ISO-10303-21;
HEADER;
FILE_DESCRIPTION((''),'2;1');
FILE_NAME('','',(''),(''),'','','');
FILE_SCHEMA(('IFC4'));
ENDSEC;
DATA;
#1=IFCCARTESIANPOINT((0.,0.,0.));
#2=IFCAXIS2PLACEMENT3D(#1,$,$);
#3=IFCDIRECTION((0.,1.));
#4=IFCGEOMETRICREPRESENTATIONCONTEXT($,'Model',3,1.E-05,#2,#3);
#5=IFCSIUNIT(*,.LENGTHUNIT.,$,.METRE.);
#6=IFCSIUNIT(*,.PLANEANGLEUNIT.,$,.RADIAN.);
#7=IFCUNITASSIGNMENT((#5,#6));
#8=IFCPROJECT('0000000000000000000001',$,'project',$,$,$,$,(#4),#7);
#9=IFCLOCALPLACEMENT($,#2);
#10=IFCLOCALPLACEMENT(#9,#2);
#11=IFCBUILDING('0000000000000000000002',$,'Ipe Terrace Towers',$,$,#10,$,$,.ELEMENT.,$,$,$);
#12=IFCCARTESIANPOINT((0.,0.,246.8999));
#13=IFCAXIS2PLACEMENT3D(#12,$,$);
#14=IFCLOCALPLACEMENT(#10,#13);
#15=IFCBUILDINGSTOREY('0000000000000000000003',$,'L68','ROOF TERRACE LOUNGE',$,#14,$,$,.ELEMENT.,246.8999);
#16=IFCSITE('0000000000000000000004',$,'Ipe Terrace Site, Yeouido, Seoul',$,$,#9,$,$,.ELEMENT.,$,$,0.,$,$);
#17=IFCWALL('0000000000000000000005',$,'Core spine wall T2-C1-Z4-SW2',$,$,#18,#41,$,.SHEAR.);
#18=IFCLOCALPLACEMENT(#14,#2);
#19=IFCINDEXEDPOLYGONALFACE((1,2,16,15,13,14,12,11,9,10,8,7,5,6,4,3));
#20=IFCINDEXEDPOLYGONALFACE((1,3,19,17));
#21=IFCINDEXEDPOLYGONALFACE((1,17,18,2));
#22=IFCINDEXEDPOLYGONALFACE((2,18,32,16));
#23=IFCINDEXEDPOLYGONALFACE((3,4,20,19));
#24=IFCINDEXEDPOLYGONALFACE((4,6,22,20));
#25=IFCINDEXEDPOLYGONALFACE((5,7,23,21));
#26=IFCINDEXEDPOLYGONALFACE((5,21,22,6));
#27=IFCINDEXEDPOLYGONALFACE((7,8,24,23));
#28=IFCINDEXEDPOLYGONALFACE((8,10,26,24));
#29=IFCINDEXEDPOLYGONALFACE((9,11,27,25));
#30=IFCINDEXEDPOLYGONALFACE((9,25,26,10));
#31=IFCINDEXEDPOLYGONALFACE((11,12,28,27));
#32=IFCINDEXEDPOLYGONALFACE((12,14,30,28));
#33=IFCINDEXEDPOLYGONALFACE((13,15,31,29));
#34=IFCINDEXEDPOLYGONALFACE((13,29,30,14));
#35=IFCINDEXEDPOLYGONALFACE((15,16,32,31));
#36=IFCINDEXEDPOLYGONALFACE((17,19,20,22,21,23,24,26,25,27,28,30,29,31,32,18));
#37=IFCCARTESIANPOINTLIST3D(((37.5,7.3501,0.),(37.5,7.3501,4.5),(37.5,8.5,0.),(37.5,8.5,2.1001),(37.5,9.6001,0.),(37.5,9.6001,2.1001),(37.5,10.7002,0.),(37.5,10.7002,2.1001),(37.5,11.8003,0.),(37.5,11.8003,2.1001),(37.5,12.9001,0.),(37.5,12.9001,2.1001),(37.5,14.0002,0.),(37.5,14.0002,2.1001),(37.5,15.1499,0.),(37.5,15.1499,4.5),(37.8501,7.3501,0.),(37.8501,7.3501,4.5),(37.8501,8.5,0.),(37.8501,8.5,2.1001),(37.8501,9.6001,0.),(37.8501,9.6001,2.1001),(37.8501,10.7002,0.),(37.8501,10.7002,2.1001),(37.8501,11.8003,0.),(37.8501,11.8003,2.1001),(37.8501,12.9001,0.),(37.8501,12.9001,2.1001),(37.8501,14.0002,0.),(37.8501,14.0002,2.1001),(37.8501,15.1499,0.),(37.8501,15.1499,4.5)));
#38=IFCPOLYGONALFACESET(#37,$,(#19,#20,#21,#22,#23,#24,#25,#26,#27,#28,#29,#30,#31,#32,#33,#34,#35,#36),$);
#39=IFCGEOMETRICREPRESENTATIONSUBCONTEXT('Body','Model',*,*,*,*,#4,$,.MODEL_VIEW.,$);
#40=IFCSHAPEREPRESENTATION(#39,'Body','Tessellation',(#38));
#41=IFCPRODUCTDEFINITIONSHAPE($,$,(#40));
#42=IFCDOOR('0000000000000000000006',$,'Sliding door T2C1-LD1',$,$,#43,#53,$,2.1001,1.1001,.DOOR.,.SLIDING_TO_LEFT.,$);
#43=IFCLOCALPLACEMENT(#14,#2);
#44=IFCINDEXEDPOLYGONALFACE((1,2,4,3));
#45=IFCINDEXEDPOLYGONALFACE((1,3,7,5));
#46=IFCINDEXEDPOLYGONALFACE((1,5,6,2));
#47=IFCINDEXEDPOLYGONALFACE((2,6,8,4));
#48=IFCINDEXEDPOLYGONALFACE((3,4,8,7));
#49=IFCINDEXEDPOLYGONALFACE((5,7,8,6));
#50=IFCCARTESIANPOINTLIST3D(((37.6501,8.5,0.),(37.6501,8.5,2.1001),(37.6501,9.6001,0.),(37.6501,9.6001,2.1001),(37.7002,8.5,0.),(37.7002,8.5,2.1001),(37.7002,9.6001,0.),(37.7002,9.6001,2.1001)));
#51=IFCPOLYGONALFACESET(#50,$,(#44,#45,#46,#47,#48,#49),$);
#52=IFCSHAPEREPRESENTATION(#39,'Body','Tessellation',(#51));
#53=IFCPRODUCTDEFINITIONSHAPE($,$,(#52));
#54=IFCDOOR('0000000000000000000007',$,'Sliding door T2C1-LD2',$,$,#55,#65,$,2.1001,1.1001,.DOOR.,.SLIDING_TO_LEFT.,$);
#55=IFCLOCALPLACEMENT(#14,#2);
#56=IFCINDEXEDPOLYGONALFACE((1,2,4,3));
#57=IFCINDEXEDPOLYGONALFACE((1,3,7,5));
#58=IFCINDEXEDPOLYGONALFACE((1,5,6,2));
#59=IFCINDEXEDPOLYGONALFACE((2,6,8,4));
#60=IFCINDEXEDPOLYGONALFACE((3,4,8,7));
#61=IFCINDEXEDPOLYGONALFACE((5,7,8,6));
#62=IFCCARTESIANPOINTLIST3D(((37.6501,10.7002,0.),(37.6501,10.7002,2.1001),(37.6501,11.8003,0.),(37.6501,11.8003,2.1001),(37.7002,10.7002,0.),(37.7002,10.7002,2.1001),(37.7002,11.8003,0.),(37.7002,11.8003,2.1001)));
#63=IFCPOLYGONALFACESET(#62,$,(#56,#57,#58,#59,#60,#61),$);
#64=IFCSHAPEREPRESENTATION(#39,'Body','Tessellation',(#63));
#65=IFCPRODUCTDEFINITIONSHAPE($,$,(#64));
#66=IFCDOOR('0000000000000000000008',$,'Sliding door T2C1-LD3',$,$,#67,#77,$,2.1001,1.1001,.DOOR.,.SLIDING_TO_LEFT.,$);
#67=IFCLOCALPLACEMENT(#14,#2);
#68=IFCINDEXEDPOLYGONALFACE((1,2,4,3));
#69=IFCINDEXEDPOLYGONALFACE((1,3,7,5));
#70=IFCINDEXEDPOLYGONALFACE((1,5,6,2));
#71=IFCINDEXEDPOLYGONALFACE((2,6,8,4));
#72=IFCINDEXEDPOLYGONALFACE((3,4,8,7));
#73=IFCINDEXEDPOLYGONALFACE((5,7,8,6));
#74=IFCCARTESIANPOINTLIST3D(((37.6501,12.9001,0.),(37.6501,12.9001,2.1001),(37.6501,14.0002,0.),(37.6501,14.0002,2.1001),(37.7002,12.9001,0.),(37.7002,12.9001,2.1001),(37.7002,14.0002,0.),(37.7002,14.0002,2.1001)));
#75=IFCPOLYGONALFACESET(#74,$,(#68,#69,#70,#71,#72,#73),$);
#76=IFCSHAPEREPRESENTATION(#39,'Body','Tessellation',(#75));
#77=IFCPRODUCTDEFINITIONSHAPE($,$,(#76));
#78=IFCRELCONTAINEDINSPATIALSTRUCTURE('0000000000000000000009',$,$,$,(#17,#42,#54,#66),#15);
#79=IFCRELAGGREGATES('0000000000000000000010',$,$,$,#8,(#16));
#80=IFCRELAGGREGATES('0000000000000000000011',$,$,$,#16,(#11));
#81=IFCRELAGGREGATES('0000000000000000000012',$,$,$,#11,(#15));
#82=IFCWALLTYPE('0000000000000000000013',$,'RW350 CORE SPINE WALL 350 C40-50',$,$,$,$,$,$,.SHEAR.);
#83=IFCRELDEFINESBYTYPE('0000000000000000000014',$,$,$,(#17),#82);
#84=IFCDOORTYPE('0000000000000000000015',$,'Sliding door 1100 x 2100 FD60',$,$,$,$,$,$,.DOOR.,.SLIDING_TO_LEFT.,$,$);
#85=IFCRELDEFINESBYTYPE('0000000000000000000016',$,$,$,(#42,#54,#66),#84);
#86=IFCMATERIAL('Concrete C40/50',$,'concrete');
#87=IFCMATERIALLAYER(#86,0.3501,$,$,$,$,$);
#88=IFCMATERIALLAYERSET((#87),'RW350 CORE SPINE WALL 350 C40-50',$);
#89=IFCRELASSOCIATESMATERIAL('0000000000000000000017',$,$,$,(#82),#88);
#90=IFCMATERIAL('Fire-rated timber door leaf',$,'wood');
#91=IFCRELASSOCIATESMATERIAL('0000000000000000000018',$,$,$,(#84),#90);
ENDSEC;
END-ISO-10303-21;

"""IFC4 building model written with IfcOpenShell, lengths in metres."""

from ifc_helpers import new_model, si_unit, direction, frame, frame_2d, origin, place, context, subcontext, project, spatial, rectangle, extrude, material, layer, layer_set, type_object, element, fill, save


model = new_model("IFC4")

# Units and contexts
model_context = context("Model", 3, precision=1e-05, world=origin(), true_north=direction((0.0, 1.0)))
body_context = subcontext(model_context, "Body", "Model", "MODEL_VIEW")
ifc_project = project(units=[si_unit("LENGTHUNIT", "METRE"), si_unit("PLANEANGLEUNIT", "RADIAN")], contexts=[model_context])

# Site, building, storey
site_placement = place(None, origin())
site = spatial("IfcSite", under=ifc_project, at=site_placement, Name="Ipe Terrace Site, Yeouido, Seoul", CompositionType="ELEMENT", RefElevation=0.0)
building_placement = place(site_placement, origin())
building = spatial("IfcBuilding", under=site, at=building_placement, Name="Ipe Terrace Towers", CompositionType="ELEMENT")
storey_placement = place(building_placement, frame((0.0, 0.0, 246.8999)))
storey = spatial("IfcBuildingStorey", under=building, at=storey_placement, Name="L68", Description="ROOF TERRACE LOUNGE", CompositionType="ELEMENT", Elevation=246.8999)

# Shared definitions
ifc_material_1 = material(Name="Concrete C40/50", Category="concrete")
ifc_layer_1 = layer(ifc_material_1, 0.3501)
ifc_layer_set_1 = layer_set([ifc_layer_1], Name="RW350 CORE SPINE WALL 350 C40-50")
wall_type_1 = type_object("IfcWallType", Name="RW350 CORE SPINE WALL 350 C40-50", PredefinedType="SHEAR", material=ifc_layer_set_1)

# Wall, openings, doors
wall_1_placement = place(storey_placement, frame((37.675, 7.3501, 0.0), z_axis=(0.0, 0.0, 1.0), x_axis=(0.0, 1.0, 0.0)))
wall_1 = element("IfcWall", 1, at=wall_1_placement, inside=storey, type_object=wall_type_1, Name="Core spine wall T2-C1-Z4-SW2", PredefinedType="SHEAR", context=body_context, shape_type="SweptSolid", body=[
    extrude(rectangle(XDim=7.7998, YDim=0.3501, at=frame_2d((3.8999, 0.0))), origin(), (0.0, 0.0, 1.0), 4.5),
])
opening_1_placement = place(wall_1_placement, frame((1.1499, 0.0, 0.0)))
opening_1 = element("IfcOpeningElement", 2, at=opening_1_placement, cuts=wall_1, PredefinedType="OPENING", context=body_context, shape_type="SweptSolid", body=[
    extrude(rectangle(XDim=1.1001, YDim=2.1001, at=frame_2d((0.55, 1.05))), frame((0.0, 0.1851, 0.0), z_axis=(0.0, -1.0, 0.0), x_axis=(1.0, 0.0, 0.0)), (0.0, 0.0, 1.0), 0.3701),
])
opening_2_placement = place(wall_1_placement, frame((3.3501, 0.0, 0.0)))
opening_2 = element("IfcOpeningElement", 3, at=opening_2_placement, cuts=wall_1, PredefinedType="OPENING", context=body_context, shape_type="SweptSolid", body=[
    extrude(rectangle(XDim=1.1001, YDim=2.1001, at=frame_2d((0.55, 1.05))), frame((0.0, 0.1851, 0.0), z_axis=(0.0, -1.0, 0.0), x_axis=(1.0, 0.0, 0.0)), (0.0, 0.0, 1.0), 0.3701),
])
opening_3_placement = place(wall_1_placement, frame((5.55, 0.0, 0.0)))
opening_3 = element("IfcOpeningElement", 4, at=opening_3_placement, cuts=wall_1, PredefinedType="OPENING", context=body_context, shape_type="SweptSolid", body=[
    extrude(rectangle(XDim=1.1001, YDim=2.1001, at=frame_2d((0.55, 1.05))), frame((0.0, 0.1851, 0.0), z_axis=(0.0, -1.0, 0.0), x_axis=(1.0, 0.0, 0.0)), (0.0, 0.0, 1.0), 0.3701),
])
ifc_material_2 = material(Name="Fire-rated timber door leaf", Category="wood")
door_type_1 = type_object("IfcDoorType", Name="Sliding door 1100 x 2100 FD60", OperationType="SLIDING_TO_LEFT", PredefinedType="DOOR", material=ifc_material_2)
door_1_placement = place(opening_1_placement, origin())
door_1 = element("IfcDoor", 5, at=door_1_placement, inside=storey, type_object=door_type_1, Name="Sliding door T2C1-LD1", OperationType="SLIDING_TO_LEFT", OverallHeight=2.1001, OverallWidth=1.1001, PredefinedType="DOOR", context=body_context, shape_type="SweptSolid", body=[
    extrude(rectangle(XDim=1.1001, YDim=2.1001, at=frame_2d((0.55, 1.05))), frame((0.0, 0.0249, 0.0), z_axis=(0.0, -1.0, 0.0), x_axis=(1.0, 0.0, 0.0)), (0.0, 0.0, 1.0), 0.05),
])
fill(opening_1, door_1)
door_2_placement = place(opening_2_placement, origin())
door_2 = element("IfcDoor", 6, at=door_2_placement, inside=storey, type_object=door_type_1, Name="Sliding door T2C1-LD2", OperationType="SLIDING_TO_LEFT", OverallHeight=2.1001, OverallWidth=1.1001, PredefinedType="DOOR", context=body_context, shape_type="SweptSolid", body=[
    extrude(rectangle(XDim=1.1001, YDim=2.1001, at=frame_2d((0.55, 1.05))), frame((0.0, 0.0249, 0.0), z_axis=(0.0, -1.0, 0.0), x_axis=(1.0, 0.0, 0.0)), (0.0, 0.0, 1.0), 0.05),
])
fill(opening_2, door_2)
door_3_placement = place(opening_3_placement, origin())
door_3 = element("IfcDoor", 7, at=door_3_placement, inside=storey, type_object=door_type_1, Name="Sliding door T2C1-LD3", OperationType="SLIDING_TO_LEFT", OverallHeight=2.1001, OverallWidth=1.1001, PredefinedType="DOOR", context=body_context, shape_type="SweptSolid", body=[
    extrude(rectangle(XDim=1.1001, YDim=2.1001, at=frame_2d((0.55, 1.05))), frame((0.0, 0.0249, 0.0), z_axis=(0.0, -1.0, 0.0), x_axis=(1.0, 0.0, 0.0)), (0.0, 0.0, 1.0), 0.05),
])
fill(opening_3, door_3)

save(model, "model.ifc")
